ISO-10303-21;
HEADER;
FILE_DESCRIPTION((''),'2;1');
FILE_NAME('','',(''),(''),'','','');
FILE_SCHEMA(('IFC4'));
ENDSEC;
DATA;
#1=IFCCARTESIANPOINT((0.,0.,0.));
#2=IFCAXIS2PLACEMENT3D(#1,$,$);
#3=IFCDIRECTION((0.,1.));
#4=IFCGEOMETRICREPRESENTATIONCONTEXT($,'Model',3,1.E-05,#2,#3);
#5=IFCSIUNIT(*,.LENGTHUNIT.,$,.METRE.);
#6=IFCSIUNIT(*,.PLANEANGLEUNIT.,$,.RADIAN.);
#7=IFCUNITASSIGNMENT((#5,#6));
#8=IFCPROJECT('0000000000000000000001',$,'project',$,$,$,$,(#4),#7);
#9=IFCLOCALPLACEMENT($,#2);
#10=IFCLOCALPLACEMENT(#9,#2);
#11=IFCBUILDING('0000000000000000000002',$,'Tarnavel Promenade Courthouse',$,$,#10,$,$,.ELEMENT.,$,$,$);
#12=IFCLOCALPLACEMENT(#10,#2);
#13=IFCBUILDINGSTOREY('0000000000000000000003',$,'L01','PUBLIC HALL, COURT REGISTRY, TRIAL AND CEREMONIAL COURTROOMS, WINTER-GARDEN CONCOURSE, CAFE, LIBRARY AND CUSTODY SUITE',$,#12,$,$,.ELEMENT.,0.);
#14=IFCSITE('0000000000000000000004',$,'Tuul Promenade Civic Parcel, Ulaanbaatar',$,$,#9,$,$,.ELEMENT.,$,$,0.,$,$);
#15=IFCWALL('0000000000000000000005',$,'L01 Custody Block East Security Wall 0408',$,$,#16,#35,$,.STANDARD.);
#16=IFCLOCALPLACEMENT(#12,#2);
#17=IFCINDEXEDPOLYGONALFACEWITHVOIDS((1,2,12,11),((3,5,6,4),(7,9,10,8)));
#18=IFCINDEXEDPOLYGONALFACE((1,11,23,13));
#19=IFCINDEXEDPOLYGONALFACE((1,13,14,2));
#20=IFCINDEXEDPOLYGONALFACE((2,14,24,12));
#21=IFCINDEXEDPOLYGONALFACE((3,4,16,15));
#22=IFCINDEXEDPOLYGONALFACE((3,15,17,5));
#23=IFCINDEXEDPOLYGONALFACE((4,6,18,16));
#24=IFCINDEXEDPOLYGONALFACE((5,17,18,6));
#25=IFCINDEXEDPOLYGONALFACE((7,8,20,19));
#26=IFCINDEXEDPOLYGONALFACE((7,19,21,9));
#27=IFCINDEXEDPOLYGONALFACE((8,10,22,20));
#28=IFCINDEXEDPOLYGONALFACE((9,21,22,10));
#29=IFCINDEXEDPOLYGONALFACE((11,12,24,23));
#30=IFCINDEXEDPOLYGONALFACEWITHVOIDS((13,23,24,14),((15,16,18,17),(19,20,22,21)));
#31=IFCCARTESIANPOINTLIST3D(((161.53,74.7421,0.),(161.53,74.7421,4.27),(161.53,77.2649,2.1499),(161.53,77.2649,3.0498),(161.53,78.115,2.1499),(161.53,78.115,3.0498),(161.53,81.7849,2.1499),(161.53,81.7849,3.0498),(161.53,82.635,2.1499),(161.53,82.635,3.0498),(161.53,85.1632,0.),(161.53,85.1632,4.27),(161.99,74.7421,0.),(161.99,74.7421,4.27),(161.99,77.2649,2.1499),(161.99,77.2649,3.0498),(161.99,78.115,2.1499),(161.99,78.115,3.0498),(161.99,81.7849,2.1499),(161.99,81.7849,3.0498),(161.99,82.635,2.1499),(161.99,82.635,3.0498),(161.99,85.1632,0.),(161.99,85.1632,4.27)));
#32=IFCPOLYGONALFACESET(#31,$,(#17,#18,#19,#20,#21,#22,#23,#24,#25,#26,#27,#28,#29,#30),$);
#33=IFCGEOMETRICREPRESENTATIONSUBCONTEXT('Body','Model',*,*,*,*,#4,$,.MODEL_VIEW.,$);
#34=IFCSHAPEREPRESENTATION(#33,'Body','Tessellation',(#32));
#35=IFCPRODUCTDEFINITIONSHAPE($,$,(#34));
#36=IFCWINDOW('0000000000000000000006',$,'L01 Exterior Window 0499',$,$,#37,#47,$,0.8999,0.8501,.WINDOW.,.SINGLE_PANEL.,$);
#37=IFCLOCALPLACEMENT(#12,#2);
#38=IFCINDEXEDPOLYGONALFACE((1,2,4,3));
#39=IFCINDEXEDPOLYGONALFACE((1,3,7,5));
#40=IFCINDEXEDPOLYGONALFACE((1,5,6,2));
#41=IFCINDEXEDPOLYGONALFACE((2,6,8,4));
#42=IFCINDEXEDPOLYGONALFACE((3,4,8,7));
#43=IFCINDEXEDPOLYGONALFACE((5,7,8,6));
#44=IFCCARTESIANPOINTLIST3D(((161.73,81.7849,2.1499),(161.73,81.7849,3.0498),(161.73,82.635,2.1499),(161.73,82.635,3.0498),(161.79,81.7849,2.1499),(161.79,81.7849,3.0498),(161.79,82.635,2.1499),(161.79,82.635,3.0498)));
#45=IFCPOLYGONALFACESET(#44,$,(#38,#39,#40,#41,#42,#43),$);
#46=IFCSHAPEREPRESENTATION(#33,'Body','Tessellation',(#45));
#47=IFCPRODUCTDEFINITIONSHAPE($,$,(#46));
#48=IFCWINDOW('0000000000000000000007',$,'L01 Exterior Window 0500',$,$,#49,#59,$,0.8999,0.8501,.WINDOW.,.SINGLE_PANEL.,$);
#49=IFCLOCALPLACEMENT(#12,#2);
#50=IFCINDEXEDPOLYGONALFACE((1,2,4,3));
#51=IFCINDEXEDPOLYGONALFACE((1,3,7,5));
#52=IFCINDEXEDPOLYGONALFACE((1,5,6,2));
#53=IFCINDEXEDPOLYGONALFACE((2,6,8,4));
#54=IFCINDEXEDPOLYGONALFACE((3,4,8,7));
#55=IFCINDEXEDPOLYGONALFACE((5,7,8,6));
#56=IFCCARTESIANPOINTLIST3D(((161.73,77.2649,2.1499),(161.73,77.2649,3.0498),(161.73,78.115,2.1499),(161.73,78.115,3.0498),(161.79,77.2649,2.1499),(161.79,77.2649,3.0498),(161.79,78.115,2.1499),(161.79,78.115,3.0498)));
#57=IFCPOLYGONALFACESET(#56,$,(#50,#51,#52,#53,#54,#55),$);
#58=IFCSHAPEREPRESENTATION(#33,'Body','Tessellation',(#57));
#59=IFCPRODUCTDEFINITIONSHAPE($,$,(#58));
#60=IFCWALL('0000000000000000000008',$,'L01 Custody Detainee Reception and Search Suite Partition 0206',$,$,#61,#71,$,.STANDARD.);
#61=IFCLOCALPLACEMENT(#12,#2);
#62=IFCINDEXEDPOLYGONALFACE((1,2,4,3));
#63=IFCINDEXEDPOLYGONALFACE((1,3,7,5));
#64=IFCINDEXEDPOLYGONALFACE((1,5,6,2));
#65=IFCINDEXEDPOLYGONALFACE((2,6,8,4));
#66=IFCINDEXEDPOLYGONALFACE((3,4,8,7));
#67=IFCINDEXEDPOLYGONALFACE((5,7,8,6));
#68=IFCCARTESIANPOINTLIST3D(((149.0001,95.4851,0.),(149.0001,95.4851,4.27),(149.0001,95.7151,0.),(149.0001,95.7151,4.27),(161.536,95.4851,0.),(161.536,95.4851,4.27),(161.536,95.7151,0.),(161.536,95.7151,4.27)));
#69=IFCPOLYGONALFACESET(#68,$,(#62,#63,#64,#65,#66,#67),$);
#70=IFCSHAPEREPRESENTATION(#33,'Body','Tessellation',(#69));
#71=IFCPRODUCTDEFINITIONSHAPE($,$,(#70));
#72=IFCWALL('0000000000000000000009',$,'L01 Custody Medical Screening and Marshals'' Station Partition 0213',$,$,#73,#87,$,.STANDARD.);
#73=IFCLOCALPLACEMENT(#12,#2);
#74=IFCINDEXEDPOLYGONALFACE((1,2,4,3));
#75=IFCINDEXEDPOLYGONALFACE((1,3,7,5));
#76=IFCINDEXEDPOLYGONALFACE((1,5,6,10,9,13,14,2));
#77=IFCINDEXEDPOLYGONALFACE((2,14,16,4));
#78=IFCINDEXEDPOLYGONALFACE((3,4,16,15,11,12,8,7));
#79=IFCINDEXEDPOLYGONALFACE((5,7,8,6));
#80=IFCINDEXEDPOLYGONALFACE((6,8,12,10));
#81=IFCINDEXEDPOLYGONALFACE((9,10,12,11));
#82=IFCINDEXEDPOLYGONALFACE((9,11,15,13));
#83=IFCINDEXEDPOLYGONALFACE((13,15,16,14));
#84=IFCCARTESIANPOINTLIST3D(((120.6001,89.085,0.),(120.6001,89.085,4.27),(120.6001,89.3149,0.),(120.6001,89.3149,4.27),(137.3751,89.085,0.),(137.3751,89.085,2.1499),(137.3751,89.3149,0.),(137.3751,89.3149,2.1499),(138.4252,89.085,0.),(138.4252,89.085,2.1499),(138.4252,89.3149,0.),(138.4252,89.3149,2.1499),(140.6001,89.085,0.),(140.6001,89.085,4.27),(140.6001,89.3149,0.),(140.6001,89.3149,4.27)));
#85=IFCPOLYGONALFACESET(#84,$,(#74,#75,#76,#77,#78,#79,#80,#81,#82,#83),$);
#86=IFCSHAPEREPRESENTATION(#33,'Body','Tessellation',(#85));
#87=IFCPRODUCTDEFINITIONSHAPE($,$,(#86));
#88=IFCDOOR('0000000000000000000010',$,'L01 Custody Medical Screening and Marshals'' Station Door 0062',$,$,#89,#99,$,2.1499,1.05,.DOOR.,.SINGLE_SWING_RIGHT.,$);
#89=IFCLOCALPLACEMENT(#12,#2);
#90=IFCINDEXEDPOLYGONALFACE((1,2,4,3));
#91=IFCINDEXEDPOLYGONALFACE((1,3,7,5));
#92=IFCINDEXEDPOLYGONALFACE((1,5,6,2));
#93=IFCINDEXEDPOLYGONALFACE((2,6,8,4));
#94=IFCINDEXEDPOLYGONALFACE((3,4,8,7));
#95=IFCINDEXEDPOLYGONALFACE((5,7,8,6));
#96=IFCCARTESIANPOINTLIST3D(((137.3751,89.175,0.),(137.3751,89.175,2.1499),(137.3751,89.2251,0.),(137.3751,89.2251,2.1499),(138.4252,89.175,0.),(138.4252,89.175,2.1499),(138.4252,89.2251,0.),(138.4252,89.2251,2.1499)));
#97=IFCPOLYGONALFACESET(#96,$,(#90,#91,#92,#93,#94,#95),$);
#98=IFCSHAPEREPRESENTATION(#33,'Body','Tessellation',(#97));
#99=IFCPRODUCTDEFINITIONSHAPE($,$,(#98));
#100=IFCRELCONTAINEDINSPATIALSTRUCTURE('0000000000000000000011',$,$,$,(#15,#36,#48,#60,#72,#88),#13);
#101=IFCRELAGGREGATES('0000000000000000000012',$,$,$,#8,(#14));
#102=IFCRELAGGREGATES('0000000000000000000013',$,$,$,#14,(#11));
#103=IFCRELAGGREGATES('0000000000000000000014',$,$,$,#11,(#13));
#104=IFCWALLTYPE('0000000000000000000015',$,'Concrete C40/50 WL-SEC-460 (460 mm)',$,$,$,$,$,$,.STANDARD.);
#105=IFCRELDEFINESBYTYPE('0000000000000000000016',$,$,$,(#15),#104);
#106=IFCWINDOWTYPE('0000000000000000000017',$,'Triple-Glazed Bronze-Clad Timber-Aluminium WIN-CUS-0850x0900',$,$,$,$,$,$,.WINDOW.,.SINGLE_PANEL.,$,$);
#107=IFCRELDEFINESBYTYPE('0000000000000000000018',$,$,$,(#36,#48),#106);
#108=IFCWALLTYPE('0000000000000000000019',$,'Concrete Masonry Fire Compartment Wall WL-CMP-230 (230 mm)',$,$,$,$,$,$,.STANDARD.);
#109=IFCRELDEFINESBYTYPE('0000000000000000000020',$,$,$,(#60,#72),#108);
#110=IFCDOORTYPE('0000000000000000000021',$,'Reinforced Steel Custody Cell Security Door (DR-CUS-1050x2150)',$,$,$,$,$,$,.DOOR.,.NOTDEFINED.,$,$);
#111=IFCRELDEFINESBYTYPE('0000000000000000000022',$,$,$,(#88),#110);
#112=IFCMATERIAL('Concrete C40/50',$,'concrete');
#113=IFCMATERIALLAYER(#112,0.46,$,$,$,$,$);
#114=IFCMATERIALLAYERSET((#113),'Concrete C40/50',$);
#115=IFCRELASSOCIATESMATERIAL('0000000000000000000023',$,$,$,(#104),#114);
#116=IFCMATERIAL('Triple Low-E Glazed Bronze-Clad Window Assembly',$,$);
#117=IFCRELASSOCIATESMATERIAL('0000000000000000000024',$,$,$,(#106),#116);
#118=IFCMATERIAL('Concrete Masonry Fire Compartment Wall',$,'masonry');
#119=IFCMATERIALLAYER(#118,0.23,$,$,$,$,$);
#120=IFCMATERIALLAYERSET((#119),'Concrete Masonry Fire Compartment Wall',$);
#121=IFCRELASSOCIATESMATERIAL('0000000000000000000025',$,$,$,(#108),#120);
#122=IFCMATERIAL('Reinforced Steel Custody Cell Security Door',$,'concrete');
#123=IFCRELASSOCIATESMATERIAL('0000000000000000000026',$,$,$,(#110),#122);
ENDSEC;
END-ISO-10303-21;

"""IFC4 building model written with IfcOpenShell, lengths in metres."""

from ifc_helpers import new_model, si_unit, direction, frame, frame_2d, origin, place, context, subcontext, project, spatial, rectangle, extrude, material, layer, layer_set, type_object, element, fill, save


model = new_model("IFC4")

# Units and contexts
model_context = context("Model", 3, precision=1e-05, world=origin(), true_north=direction((0.0, 1.0)))
body_context = subcontext(model_context, "Body", "Model", "MODEL_VIEW")
ifc_project = project(units=[si_unit("LENGTHUNIT", "METRE"), si_unit("PLANEANGLEUNIT", "RADIAN")], contexts=[model_context])

# Site, building, storey
site_placement = place(None, origin())
site = spatial("IfcSite", under=ifc_project, at=site_placement, Name="Tuul Promenade Civic Parcel, Ulaanbaatar", CompositionType="ELEMENT", RefElevation=0.0)
building_placement = place(site_placement, origin())
building = spatial("IfcBuilding", under=site, at=building_placement, Name="Tarnavel Promenade Courthouse", CompositionType="ELEMENT")
storey_placement = place(building_placement, origin())
storey = spatial("IfcBuildingStorey", under=building, at=storey_placement, Name="L01", Description="PUBLIC HALL, COURT REGISTRY, TRIAL AND CEREMONIAL COURTROOMS, WINTER-GARDEN CONCOURSE, CAFE, LIBRARY AND CUSTODY SUITE", CompositionType="ELEMENT", Elevation=0.0)

# Shared definitions
ifc_material_1 = material(Name="Concrete C40/50", Category="concrete")

# Wall, openings, windows
ifc_layer_1 = layer(ifc_material_1, 0.46)
ifc_layer_set_1 = layer_set([ifc_layer_1], Name="Concrete C40/50")
wall_type_1 = type_object("IfcWallType", Name="Concrete C40/50 WL-SEC-460 (460 mm)", PredefinedType="STANDARD", material=ifc_layer_set_1)
wall_1_placement = place(storey_placement, frame((161.76, 85.1631, 0.0), z_axis=(0.0, 0.0, 1.0), x_axis=(0.0, -1.0, 0.0)))
wall_1 = element("IfcWall", 1, at=wall_1_placement, inside=storey, type_object=wall_type_1, Name="L01 Custody Block East Security Wall 0408", PredefinedType="STANDARD", context=body_context, shape_type="SweptSolid", body=[
    extrude(rectangle(XDim=10.4211, YDim=0.46, at=frame_2d((5.2104, 0.0))), origin(), (0.0, 0.0, 1.0), 4.27),
])
opening_1_placement = place(wall_1_placement, frame((2.5281, 0.0, 2.1499)))
opening_1 = element("IfcOpeningElement", 2, at=opening_1_placement, cuts=wall_1, PredefinedType="OPENING", context=body_context, shape_type="SweptSolid", body=[
    extrude(rectangle(XDim=0.8501, YDim=0.8999, at=frame_2d((0.425, 0.45))), frame((0.0, 0.24, 0.0), z_axis=(0.0, -1.0, 0.0), x_axis=(1.0, 0.0, 0.0)), (0.0, 0.0, 1.0), 0.48),
])
opening_2_placement = place(wall_1_placement, frame((7.0481, 0.0, 2.1499)))
opening_2 = element("IfcOpeningElement", 3, at=opening_2_placement, cuts=wall_1, PredefinedType="OPENING", context=body_context, shape_type="SweptSolid", body=[
    extrude(rectangle(XDim=0.8501, YDim=0.8999, at=frame_2d((0.425, 0.45))), frame((0.0, 0.24, 0.0), z_axis=(0.0, -1.0, 0.0), x_axis=(1.0, 0.0, 0.0)), (0.0, 0.0, 1.0), 0.48),
])
ifc_material_2 = material(Name="Triple Low-E Glazed Bronze-Clad Window Assembly")
window_type = type_object("IfcWindowType", Name="Triple-Glazed Bronze-Clad Timber-Aluminium WIN-CUS-0850x0900", PartitioningType="SINGLE_PANEL", PredefinedType="WINDOW", material=ifc_material_2)
window_1_placement = place(opening_1_placement, origin())
window_1 = element("IfcWindow", 4, at=window_1_placement, inside=storey, type_object=window_type, Name="L01 Exterior Window 0499", OverallHeight=0.8999, OverallWidth=0.8501, PartitioningType="SINGLE_PANEL", PredefinedType="WINDOW", context=body_context, shape_type="SweptSolid", body=[
    extrude(rectangle(XDim=0.8501, YDim=0.8999, at=frame_2d((0.425, 0.45))), frame((0.0, 0.03, 0.0), z_axis=(0.0, -1.0, 0.0), x_axis=(1.0, 0.0, 0.0)), (0.0, 0.0, 1.0), 0.0601),
])
fill(opening_1, window_1)
window_2_placement = place(opening_2_placement, origin())
window_2 = element("IfcWindow", 5, at=window_2_placement, inside=storey, type_object=window_type, Name="L01 Exterior Window 0500", OverallHeight=0.8999, OverallWidth=0.8501, PartitioningType="SINGLE_PANEL", PredefinedType="WINDOW", context=body_context, shape_type="SweptSolid", body=[
    extrude(rectangle(XDim=0.8501, YDim=0.8999, at=frame_2d((0.425, 0.45))), frame((0.0, 0.03, 0.0), z_axis=(0.0, -1.0, 0.0), x_axis=(1.0, 0.0, 0.0)), (0.0, 0.0, 1.0), 0.0601),
])
fill(opening_2, window_2)

# Wall
ifc_material_3 = material(Name="Concrete Masonry Fire Compartment Wall", Category="masonry")
ifc_layer_2 = layer(ifc_material_3, 0.23)
ifc_layer_set_2 = layer_set([ifc_layer_2], Name="Concrete Masonry Fire Compartment Wall")
wall_type_2 = type_object("IfcWallType", Name="Concrete Masonry Fire Compartment Wall WL-CMP-230 (230 mm)", PredefinedType="STANDARD", material=ifc_layer_set_2)
wall_2_placement = place(storey_placement, frame((149.0, 95.6001, 0.0), z_axis=(0.0, 0.0, 1.0), x_axis=(1.0, 0.0, 0.0)))
element("IfcWall", 6, at=wall_2_placement, inside=storey, type_object=wall_type_2, Name="L01 Custody Detainee Reception and Search Suite Partition 0206", PredefinedType="STANDARD", context=body_context, shape_type="SweptSolid", body=[
    extrude(rectangle(XDim=12.5359, YDim=0.23, at=frame_2d((6.2681, 0.0))), origin(), (0.0, 0.0, 1.0), 4.27),
])

# Wall, opening, door
wall_3_placement = place(storey_placement, frame((140.6001, 89.2, 0.0), z_axis=(0.0, 0.0, 1.0), x_axis=(-1.0, 0.0, 0.0)))
wall_3 = element("IfcWall", 7, at=wall_3_placement, inside=storey, type_object=wall_type_2, Name="L01 Custody Medical Screening and Marshals' Station Partition 0213", PredefinedType="STANDARD", context=body_context, shape_type="SweptSolid", body=[
    extrude(rectangle(XDim=20.0, YDim=0.23, at=frame_2d((10.0, 0.0))), origin(), (0.0, 0.0, 1.0), 4.27),
])
opening_3_placement = place(wall_3_placement, frame((2.175, 0.0, 0.0)))
opening_3 = element("IfcOpeningElement", 8, at=opening_3_placement, cuts=wall_3, PredefinedType="OPENING", context=body_context, shape_type="SweptSolid", body=[
    extrude(rectangle(XDim=1.05, YDim=2.1499, at=frame_2d((0.5249, 1.075))), frame((0.0, 0.125, 0.0), z_axis=(0.0, -1.0, 0.0), x_axis=(1.0, 0.0, 0.0)), (0.0, 0.0, 1.0), 0.25),
])
ifc_material_4 = material(Name="Reinforced Steel Custody Cell Security Door", Category="concrete")
door_type = type_object("IfcDoorType", Name="Reinforced Steel Custody Cell Security Door (DR-CUS-1050x2150)", OperationType="NOTDEFINED", PredefinedType="DOOR", material=ifc_material_4)
door_placement = place(opening_3_placement, origin())
door = element("IfcDoor", 9, at=door_placement, inside=storey, type_object=door_type, Name="L01 Custody Medical Screening and Marshals' Station Door 0062", OperationType="SINGLE_SWING_RIGHT", OverallHeight=2.1499, OverallWidth=1.05, PredefinedType="DOOR", context=body_context, shape_type="SweptSolid", body=[
    extrude(rectangle(XDim=1.05, YDim=2.1499, at=frame_2d((0.5249, 1.075))), frame((0.0, 0.0249, 0.0), z_axis=(0.0, -1.0, 0.0), x_axis=(1.0, 0.0, 0.0)), (0.0, 0.0, 1.0), 0.05),
])
fill(opening_3, door)

save(model, "model.ifc")
